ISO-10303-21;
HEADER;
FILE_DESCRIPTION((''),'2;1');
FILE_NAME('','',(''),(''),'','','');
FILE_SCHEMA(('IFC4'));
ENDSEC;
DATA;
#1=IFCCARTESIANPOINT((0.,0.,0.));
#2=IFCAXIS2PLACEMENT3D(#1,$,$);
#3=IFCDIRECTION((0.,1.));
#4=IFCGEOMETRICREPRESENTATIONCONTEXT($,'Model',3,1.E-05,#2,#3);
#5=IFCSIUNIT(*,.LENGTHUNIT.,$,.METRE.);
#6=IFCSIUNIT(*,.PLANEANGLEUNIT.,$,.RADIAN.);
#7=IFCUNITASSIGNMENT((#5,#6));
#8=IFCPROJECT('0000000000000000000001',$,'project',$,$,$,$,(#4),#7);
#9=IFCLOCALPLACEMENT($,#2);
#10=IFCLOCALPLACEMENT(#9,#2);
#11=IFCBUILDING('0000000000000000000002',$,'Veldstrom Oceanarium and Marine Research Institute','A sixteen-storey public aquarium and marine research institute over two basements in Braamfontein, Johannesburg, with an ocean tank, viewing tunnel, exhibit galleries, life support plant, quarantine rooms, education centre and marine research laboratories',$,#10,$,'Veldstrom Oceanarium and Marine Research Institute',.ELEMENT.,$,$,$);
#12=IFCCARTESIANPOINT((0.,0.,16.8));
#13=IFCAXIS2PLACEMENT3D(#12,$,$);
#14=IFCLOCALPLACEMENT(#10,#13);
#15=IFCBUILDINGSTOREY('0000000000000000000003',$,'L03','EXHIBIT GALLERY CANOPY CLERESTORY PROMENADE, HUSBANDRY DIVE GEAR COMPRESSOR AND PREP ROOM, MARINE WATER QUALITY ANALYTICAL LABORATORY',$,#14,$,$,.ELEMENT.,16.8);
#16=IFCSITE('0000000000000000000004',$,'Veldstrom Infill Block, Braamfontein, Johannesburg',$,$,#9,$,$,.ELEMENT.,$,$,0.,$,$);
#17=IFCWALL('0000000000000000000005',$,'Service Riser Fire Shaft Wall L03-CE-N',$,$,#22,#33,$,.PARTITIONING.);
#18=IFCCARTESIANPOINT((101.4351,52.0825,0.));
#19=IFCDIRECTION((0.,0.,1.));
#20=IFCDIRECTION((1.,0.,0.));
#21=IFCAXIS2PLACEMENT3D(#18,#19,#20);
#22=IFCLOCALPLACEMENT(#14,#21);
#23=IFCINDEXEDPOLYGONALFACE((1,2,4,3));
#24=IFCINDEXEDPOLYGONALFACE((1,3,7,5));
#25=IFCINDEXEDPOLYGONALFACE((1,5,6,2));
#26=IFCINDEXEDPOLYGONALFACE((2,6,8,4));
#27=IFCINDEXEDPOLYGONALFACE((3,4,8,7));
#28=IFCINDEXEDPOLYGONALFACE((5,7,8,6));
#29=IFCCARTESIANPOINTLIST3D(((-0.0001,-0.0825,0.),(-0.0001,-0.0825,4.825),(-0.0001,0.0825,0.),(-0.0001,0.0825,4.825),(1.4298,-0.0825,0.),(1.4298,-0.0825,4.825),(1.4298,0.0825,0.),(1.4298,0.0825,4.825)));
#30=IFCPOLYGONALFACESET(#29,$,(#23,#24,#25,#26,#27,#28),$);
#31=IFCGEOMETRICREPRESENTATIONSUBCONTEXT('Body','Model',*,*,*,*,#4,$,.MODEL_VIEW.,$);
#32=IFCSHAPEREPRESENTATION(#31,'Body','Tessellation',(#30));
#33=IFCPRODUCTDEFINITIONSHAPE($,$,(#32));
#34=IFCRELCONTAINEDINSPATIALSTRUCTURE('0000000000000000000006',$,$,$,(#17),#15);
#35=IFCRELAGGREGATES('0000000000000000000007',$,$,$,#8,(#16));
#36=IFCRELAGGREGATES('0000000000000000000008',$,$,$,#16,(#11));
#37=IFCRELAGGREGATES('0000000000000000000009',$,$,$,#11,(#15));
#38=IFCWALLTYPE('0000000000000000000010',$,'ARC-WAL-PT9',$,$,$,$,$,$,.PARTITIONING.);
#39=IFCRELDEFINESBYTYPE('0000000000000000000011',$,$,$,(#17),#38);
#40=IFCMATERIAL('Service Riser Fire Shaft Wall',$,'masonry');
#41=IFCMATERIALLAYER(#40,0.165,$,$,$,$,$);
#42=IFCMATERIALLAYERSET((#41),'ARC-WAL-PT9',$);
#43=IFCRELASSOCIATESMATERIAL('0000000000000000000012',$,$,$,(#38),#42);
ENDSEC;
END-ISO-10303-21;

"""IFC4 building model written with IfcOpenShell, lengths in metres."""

from ifc_helpers import new_model, si_unit, direction, frame, frame_2d, origin, place, context, subcontext, project, spatial, rectangle, extrude, material, layer, layer_set, type_object, element, save


model = new_model("IFC4")

# Units and contexts
model_context = context("Model", 3, precision=1e-05, world=origin(), true_north=direction((0.0, 1.0)))
body_context = subcontext(model_context, "Body", "Model", "MODEL_VIEW")
ifc_project = project(units=[si_unit("LENGTHUNIT", "METRE"), si_unit("PLANEANGLEUNIT", "RADIAN")], contexts=[model_context])

# Site, building, storey
site_placement = place(None, origin())
site = spatial("IfcSite", under=ifc_project, at=site_placement, Name="Veldstrom Infill Block, Braamfontein, Johannesburg", CompositionType="ELEMENT", RefElevation=0.0)
building_placement = place(site_placement, origin())
building = spatial("IfcBuilding", under=site, at=building_placement, Name="Veldstrom Oceanarium and Marine Research Institute", Description="A sixteen-storey public aquarium and marine research institute over two basements in Braamfontein, Johannesburg, with an ocean tank, viewing tunnel, exhibit galleries, life support plant, quarantine rooms, education centre and marine research laboratories", LongName="Veldstrom Oceanarium and Marine Research Institute", CompositionType="ELEMENT")
storey_placement = place(building_placement, frame((0.0, 0.0, 16.8)))
storey = spatial("IfcBuildingStorey", under=building, at=storey_placement, Name="L03", Description="EXHIBIT GALLERY CANOPY CLERESTORY PROMENADE, HUSBANDRY DIVE GEAR COMPRESSOR AND PREP ROOM, MARINE WATER QUALITY ANALYTICAL LABORATORY", CompositionType="ELEMENT", Elevation=16.8)

# Wall
ifc_material_1 = material(Name="Service Riser Fire Shaft Wall", Category="masonry")
ifc_layer_1 = layer(ifc_material_1, 0.165)
ifc_layer_set_1 = layer_set([ifc_layer_1], Name="ARC-WAL-PT9")
wall_type_1 = type_object("IfcWallType", Name="ARC-WAL-PT9", PredefinedType="PARTITIONING", material=ifc_layer_set_1)
wall_1_placement = place(storey_placement, frame((101.4351, 52.0825, 0.0), z_axis=(0.0, 0.0, 1.0), x_axis=(1.0, 0.0, 0.0)))
element("IfcWall", 1, at=wall_1_placement, inside=storey, type_object=wall_type_1, Name="Service Riser Fire Shaft Wall L03-CE-N", PredefinedType="PARTITIONING", context=body_context, shape_type="SweptSolid", body=[
    extrude(rectangle(XDim=1.4299, YDim=0.165, at=frame_2d((0.7148, 0.0))), origin(), (0.0, 0.0, 1.0), 4.825),
])

save(model, "model.ifc")
